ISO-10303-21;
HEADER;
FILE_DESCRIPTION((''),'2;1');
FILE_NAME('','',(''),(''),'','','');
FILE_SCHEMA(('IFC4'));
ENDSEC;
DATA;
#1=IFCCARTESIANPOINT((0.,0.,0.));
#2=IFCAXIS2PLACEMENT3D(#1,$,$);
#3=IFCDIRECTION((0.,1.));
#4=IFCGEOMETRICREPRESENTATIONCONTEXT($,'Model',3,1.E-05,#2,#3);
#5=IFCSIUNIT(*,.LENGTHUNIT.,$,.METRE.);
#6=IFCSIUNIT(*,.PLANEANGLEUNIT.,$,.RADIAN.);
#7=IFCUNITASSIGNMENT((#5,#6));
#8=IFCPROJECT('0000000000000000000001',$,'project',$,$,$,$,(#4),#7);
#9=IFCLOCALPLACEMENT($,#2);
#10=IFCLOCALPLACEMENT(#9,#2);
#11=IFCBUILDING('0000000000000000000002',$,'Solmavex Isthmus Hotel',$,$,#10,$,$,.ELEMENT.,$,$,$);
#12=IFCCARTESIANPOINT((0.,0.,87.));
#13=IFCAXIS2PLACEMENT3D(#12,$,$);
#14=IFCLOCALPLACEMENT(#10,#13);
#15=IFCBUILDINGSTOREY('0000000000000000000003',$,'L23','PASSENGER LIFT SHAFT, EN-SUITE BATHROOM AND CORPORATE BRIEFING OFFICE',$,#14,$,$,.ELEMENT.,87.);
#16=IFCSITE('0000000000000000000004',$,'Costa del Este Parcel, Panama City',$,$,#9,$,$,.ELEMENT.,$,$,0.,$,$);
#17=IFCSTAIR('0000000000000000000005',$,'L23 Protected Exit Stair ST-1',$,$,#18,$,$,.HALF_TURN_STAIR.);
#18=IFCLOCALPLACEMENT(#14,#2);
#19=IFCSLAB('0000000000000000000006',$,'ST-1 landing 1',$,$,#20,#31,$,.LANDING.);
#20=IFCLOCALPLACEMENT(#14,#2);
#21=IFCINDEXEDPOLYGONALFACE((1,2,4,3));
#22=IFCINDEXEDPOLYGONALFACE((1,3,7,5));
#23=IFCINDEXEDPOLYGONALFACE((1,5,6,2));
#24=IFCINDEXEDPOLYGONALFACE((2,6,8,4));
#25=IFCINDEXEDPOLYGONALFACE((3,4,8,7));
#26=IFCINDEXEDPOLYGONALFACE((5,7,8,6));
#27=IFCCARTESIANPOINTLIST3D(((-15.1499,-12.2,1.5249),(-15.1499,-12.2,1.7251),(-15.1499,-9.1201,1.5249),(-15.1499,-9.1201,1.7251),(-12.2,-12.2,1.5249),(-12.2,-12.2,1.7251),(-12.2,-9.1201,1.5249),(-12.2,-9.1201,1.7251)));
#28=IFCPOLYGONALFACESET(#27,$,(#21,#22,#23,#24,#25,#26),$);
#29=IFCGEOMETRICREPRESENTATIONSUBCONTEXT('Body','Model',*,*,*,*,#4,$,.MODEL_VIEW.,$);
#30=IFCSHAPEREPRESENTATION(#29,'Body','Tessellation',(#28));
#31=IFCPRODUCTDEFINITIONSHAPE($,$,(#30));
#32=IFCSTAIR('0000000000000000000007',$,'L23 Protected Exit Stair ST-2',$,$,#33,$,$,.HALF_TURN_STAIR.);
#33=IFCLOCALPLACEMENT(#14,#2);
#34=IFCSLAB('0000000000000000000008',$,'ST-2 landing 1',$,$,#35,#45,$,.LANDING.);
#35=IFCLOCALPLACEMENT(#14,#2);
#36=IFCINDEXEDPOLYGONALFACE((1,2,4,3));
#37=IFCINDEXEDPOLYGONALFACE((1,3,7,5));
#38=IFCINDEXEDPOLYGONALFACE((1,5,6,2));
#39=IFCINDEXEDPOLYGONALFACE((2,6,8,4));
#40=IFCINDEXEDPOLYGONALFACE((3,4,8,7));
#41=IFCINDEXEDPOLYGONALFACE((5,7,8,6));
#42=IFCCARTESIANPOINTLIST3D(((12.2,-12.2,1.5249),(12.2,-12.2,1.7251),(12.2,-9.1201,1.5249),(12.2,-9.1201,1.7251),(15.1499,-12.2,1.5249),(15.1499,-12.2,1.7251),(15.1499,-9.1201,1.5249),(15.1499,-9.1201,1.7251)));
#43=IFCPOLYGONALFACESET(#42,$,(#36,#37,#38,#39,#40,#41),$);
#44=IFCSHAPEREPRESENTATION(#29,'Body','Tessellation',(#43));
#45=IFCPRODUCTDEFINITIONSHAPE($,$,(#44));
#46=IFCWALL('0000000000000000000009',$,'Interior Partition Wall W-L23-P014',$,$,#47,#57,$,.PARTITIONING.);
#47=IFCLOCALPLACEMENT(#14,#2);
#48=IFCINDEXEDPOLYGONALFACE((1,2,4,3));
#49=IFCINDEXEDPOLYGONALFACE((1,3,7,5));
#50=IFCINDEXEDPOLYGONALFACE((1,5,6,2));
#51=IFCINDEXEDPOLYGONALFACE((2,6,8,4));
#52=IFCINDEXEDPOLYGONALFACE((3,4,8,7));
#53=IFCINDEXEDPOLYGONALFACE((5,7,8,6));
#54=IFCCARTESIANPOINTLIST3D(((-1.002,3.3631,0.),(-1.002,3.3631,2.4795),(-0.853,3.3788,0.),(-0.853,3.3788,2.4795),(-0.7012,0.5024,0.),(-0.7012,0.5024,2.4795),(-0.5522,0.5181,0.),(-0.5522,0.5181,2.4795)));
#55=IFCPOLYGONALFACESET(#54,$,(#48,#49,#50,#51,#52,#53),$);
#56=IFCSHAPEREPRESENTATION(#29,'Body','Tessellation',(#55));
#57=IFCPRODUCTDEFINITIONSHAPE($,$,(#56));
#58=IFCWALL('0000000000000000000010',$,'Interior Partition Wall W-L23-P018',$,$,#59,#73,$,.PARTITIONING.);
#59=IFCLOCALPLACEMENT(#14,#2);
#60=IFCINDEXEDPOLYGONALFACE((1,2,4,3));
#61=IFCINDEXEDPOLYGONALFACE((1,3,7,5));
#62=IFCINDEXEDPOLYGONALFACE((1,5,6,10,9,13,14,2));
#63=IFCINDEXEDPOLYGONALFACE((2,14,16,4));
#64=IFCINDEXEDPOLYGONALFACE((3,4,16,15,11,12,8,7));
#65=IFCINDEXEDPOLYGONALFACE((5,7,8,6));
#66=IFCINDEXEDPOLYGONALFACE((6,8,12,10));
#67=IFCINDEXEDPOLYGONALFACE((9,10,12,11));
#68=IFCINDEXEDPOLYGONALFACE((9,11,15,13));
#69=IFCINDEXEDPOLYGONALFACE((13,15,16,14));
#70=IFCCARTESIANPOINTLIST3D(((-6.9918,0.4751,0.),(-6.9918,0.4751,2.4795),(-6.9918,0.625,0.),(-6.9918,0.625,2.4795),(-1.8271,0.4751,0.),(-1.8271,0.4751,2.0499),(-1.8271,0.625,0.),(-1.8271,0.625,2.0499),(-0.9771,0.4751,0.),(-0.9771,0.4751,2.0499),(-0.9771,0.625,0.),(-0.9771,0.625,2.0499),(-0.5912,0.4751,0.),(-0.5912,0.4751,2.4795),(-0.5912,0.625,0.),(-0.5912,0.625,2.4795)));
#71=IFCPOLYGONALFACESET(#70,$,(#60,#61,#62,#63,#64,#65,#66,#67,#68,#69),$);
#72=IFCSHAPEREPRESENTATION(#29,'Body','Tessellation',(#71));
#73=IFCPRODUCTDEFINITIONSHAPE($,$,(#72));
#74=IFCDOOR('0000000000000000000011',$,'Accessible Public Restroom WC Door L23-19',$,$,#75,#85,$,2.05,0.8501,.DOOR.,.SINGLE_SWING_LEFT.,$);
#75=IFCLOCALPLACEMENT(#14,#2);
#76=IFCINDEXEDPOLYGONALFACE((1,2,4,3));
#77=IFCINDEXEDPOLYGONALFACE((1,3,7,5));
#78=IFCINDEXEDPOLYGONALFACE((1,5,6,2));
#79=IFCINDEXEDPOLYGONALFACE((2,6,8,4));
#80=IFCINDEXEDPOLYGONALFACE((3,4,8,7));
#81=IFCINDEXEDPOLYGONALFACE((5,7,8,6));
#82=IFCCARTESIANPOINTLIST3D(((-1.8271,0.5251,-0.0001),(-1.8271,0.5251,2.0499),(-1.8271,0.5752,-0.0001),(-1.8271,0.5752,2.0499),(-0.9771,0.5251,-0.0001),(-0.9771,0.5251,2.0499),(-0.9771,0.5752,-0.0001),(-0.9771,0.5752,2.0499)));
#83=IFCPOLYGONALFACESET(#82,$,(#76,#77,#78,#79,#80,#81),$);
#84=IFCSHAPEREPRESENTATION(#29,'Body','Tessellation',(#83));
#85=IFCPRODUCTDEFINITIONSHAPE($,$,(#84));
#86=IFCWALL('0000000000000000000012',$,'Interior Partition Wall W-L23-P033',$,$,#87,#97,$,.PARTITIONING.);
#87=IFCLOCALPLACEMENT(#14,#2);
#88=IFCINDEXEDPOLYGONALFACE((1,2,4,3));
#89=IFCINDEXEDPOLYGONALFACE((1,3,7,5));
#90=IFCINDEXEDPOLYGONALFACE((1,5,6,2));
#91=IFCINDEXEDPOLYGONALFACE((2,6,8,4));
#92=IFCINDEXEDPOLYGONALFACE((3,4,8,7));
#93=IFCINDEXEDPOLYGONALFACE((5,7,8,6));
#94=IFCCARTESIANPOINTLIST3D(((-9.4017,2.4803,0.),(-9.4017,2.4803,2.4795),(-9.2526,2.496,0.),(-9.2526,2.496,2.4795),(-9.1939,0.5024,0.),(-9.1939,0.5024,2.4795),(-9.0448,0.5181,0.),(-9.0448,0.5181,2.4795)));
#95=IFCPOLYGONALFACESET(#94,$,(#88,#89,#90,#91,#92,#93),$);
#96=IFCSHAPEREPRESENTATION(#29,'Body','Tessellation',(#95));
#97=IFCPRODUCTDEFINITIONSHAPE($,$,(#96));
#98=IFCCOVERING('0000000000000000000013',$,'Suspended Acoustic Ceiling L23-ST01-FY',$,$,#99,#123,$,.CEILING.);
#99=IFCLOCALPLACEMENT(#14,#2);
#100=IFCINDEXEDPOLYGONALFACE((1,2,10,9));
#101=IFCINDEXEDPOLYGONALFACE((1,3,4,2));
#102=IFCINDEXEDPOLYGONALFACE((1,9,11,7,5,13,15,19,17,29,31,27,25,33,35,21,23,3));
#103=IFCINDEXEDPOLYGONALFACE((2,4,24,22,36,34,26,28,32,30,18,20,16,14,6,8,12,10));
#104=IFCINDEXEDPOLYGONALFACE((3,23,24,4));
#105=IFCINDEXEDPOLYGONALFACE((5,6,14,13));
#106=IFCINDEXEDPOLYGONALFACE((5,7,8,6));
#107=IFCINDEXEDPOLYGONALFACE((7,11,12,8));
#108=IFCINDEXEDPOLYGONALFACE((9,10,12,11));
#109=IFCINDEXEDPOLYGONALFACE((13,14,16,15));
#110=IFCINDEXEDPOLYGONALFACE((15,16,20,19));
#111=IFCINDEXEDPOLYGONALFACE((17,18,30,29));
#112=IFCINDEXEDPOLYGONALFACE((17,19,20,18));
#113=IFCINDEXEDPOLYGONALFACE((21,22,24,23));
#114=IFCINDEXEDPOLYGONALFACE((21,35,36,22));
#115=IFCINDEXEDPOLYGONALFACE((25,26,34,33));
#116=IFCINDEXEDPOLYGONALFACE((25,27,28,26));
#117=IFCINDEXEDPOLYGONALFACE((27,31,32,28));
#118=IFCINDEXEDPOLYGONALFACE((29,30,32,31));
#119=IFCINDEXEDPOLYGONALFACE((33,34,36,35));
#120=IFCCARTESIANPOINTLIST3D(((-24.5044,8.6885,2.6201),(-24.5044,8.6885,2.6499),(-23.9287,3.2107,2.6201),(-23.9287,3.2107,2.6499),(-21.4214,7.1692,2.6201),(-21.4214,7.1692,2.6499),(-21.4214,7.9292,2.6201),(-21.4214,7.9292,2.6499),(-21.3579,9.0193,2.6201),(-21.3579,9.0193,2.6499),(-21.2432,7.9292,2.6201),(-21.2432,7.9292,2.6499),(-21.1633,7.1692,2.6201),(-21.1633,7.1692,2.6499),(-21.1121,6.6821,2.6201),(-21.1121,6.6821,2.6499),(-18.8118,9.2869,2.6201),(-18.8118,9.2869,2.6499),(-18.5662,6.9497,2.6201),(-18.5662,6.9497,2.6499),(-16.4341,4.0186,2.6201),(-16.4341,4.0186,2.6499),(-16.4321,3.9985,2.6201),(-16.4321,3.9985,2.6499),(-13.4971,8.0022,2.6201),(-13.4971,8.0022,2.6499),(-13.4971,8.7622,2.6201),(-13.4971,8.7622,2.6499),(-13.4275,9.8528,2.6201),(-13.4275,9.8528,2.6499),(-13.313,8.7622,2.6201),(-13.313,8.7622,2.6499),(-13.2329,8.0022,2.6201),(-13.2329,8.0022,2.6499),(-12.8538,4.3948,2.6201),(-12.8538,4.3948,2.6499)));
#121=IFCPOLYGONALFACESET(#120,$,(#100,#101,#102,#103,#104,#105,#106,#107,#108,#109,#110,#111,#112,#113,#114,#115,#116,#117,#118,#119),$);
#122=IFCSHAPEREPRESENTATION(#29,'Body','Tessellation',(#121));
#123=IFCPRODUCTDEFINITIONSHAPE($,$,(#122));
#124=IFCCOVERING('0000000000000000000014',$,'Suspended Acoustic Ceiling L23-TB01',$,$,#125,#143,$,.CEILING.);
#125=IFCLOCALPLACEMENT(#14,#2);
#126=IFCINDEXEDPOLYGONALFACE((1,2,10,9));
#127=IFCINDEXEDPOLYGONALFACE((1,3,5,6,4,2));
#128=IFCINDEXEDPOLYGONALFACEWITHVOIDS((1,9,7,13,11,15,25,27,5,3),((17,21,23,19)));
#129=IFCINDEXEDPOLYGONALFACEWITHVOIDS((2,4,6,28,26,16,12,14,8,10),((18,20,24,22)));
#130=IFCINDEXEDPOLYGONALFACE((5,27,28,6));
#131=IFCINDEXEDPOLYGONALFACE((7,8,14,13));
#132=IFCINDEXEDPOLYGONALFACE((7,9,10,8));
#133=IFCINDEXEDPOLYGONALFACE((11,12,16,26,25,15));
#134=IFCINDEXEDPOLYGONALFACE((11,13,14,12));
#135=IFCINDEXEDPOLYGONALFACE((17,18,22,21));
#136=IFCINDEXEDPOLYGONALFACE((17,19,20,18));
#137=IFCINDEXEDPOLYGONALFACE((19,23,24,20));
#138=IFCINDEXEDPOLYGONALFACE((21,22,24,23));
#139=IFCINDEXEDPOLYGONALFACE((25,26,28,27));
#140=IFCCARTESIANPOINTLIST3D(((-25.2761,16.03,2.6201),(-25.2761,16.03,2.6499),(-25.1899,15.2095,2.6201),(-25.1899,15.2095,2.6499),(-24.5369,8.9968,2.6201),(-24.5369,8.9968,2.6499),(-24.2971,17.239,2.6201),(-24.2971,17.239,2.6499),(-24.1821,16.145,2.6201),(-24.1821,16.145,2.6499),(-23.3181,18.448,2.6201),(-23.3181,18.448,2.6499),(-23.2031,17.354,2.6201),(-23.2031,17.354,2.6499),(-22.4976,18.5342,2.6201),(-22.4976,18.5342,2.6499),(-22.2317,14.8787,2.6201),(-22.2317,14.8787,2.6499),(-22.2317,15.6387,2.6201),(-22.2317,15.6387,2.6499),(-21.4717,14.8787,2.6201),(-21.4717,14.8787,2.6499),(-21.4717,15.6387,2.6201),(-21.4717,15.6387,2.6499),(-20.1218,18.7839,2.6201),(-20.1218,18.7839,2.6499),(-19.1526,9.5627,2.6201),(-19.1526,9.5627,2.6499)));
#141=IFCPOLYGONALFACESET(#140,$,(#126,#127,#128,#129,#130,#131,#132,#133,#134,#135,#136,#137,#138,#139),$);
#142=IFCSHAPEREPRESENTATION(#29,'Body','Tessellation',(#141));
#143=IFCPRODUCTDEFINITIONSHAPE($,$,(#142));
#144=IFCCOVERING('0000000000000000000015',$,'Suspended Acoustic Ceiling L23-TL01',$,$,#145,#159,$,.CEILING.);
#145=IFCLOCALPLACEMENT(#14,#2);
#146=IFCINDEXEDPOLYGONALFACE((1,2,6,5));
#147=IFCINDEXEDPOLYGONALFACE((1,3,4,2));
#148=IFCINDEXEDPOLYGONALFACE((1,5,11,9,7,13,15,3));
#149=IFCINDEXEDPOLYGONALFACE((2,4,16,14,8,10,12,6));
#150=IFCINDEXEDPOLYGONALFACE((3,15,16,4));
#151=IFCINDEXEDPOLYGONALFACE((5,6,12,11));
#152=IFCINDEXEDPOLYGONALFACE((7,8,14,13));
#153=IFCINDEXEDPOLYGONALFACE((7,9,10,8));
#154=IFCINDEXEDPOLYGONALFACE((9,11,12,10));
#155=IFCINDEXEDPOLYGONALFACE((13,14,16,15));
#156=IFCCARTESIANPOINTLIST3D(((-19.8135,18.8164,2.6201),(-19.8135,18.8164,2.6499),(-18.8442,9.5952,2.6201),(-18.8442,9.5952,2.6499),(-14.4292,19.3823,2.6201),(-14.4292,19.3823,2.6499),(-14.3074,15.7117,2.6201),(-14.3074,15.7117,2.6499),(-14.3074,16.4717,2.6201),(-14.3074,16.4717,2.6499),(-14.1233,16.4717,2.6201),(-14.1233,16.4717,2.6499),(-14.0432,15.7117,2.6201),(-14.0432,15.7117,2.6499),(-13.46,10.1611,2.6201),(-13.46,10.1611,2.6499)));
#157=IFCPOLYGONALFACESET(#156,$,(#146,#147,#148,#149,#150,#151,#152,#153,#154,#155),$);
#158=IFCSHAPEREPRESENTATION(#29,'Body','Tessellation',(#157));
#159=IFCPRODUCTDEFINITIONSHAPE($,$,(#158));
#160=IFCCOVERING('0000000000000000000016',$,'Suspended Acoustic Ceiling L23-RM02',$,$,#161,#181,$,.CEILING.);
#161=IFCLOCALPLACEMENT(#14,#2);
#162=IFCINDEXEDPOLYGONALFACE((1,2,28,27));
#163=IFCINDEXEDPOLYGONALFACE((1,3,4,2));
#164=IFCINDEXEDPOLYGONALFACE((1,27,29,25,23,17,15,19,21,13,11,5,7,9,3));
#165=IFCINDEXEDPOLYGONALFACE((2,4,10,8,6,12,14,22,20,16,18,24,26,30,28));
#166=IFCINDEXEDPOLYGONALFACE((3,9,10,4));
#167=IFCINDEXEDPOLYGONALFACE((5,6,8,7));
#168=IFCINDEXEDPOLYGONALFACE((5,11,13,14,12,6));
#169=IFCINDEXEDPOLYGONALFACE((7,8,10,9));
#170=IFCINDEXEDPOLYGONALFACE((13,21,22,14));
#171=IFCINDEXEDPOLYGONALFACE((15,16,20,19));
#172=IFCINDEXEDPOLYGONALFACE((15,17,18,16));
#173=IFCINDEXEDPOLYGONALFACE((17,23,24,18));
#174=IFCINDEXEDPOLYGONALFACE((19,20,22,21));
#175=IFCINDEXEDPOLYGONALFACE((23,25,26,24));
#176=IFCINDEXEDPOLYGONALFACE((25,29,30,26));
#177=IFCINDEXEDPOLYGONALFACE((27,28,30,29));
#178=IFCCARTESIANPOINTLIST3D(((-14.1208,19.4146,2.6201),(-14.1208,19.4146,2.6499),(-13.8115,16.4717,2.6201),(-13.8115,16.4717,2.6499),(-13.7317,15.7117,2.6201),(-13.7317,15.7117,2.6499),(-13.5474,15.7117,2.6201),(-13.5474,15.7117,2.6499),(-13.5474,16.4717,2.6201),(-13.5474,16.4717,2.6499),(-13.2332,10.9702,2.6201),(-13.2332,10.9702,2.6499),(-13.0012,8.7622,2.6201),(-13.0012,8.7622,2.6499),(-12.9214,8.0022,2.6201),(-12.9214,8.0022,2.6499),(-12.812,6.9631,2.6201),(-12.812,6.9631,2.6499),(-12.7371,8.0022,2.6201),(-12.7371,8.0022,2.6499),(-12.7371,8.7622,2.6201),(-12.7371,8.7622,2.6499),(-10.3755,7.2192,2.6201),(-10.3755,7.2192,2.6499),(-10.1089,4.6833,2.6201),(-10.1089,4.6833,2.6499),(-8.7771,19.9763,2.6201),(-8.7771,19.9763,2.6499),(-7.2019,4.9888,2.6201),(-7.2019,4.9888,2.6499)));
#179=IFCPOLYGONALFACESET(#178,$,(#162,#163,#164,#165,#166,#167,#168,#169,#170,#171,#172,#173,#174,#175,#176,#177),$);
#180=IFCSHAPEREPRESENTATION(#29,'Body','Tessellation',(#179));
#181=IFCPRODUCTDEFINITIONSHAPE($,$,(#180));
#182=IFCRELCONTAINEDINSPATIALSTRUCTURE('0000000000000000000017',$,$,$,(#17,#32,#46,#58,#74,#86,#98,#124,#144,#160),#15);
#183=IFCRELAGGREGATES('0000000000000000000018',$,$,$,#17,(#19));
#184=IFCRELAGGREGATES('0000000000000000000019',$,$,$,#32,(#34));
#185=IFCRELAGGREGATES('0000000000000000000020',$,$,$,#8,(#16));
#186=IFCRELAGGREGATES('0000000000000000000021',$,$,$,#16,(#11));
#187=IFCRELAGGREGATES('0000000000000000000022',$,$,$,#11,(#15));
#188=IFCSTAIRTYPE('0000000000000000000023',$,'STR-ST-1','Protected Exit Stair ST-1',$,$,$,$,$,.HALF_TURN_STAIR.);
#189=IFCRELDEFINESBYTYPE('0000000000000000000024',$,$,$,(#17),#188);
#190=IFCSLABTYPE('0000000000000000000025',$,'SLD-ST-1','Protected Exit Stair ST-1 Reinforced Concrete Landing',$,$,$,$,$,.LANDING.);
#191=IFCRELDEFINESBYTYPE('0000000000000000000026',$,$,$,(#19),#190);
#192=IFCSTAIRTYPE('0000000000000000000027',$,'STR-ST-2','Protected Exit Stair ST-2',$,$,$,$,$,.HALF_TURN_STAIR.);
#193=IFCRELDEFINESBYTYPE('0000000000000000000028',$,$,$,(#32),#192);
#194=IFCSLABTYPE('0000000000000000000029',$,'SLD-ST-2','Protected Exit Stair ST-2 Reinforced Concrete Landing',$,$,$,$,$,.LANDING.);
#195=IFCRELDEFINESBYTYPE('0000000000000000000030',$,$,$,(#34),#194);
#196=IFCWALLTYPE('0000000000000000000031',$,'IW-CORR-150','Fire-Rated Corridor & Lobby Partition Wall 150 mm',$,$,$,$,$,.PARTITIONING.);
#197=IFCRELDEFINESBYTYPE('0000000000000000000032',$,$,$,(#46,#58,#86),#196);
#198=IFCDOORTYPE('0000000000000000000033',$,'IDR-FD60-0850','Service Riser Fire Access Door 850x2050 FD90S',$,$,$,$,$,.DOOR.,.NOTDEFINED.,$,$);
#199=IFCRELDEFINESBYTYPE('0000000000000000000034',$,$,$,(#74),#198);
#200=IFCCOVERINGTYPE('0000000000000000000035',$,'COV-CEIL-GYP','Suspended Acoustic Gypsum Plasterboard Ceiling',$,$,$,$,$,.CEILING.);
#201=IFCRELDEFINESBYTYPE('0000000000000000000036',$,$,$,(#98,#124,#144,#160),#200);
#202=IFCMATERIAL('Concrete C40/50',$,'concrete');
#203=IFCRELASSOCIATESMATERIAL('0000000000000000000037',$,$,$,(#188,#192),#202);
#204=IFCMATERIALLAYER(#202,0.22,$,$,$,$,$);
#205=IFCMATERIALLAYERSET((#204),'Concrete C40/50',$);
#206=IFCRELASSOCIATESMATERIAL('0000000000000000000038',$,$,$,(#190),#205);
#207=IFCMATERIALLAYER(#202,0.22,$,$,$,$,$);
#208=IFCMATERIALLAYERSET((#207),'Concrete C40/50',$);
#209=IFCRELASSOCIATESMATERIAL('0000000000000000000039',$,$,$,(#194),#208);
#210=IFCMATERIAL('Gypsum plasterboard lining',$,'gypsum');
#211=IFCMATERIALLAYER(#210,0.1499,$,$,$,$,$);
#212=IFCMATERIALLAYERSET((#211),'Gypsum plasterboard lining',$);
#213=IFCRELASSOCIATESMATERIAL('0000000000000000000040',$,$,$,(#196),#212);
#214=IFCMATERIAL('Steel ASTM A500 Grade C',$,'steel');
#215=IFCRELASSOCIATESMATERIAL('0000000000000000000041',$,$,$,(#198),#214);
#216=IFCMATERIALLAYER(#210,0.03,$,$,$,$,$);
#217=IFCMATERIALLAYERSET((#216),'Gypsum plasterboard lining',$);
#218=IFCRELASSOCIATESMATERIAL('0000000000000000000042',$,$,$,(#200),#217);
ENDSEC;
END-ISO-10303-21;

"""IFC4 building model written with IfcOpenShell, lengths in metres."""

from ifc_helpers import new_model, si_unit, direction, frame, frame_2d, origin, place, context, subcontext, project, spatial, polyline, rectangle, outline, extrude, material, layer, layer_set, type_object, element, fill, aggregate, save


model = new_model("IFC4")

# Units and contexts
model_context = context("Model", 3, precision=1e-05, world=origin(), true_north=direction((0.0, 1.0)))
body_context = subcontext(model_context, "Body", "Model", "MODEL_VIEW")
ifc_project = project(units=[si_unit("LENGTHUNIT", "METRE"), si_unit("PLANEANGLEUNIT", "RADIAN")], contexts=[model_context])

# Site, building, storey
site_placement = place(None, origin())
site = spatial("IfcSite", under=ifc_project, at=site_placement, Name="Costa del Este Parcel, Panama City", CompositionType="ELEMENT", RefElevation=0.0)
building_placement = place(site_placement, origin())
building = spatial("IfcBuilding", under=site, at=building_placement, Name="Solmavex Isthmus Hotel", CompositionType="ELEMENT")
storey_placement = place(building_placement, frame((0.0, 0.0, 87.0)))
storey = spatial("IfcBuildingStorey", under=building, at=storey_placement, Name="L23", Description="PASSENGER LIFT SHAFT, EN-SUITE BATHROOM AND CORPORATE BRIEFING OFFICE", CompositionType="ELEMENT", Elevation=87.0)

# Stairs, slabs
ifc_material_1 = material(Name="Concrete C40/50", Category="concrete")
stair_type_1 = type_object("IfcStairType", Name="STR-ST-1", Description="Protected Exit Stair ST-1", PredefinedType="HALF_TURN_STAIR", material=ifc_material_1)
stair_1_placement = place(storey_placement, origin())
stair_1 = element("IfcStair", 1, at=stair_1_placement, inside=storey, type_object=stair_type_1, Name="L23 Protected Exit Stair ST-1", PredefinedType="HALF_TURN_STAIR")
ifc_layer_1 = layer(ifc_material_1, 0.22)
ifc_layer_set_1 = layer_set([ifc_layer_1], Name="Concrete C40/50")
slab_type_1 = type_object("IfcSlabType", Name="SLD-ST-1", Description="Protected Exit Stair ST-1 Reinforced Concrete Landing", PredefinedType="LANDING", material=ifc_layer_set_1)
slab_1_placement = place(storey_placement, frame((0.0, 0.0, 1.5249)))
slab_1 = element("IfcSlab", 2, at=slab_1_placement, type_object=slab_type_1, Name="ST-1 landing 1", PredefinedType="LANDING", context=body_context, shape_type="SweptSolid", body=[
    extrude(outline(polyline([(-15.1499, -9.1201), (-15.1499, -12.2), (-12.2, -12.2), (-12.2, -9.1201), (-15.1499, -9.1201)])), origin(), (0.0, 0.0, 1.0), 0.2002),
])
aggregate(stair_1, [slab_1])
stair_type_2 = type_object("IfcStairType", Name="STR-ST-2", Description="Protected Exit Stair ST-2", PredefinedType="HALF_TURN_STAIR", material=ifc_material_1)
stair_2_placement = place(storey_placement, origin())
stair_2 = element("IfcStair", 3, at=stair_2_placement, inside=storey, type_object=stair_type_2, Name="L23 Protected Exit Stair ST-2", PredefinedType="HALF_TURN_STAIR")
ifc_layer_2 = layer(ifc_material_1, 0.22)
ifc_layer_set_2 = layer_set([ifc_layer_2], Name="Concrete C40/50")
slab_type_2 = type_object("IfcSlabType", Name="SLD-ST-2", Description="Protected Exit Stair ST-2 Reinforced Concrete Landing", PredefinedType="LANDING", material=ifc_layer_set_2)
slab_2_placement = place(storey_placement, frame((0.0, 0.0, 1.5249)))
slab_2 = element("IfcSlab", 4, at=slab_2_placement, type_object=slab_type_2, Name="ST-2 landing 1", PredefinedType="LANDING", context=body_context, shape_type="SweptSolid", body=[
    extrude(outline(polyline([(12.2, -9.1201), (12.2, -12.2), (15.1499, -12.2), (15.1499, -9.1201), (12.2, -9.1201)])), origin(), (0.0, 0.0, 1.0), 0.2002),
])
aggregate(stair_2, [slab_2])

# Wall
ifc_material_2 = material(Name="Gypsum plasterboard lining", Category="gypsum")
ifc_layer_3 = layer(ifc_material_2, 0.1499)
ifc_layer_set_3 = layer_set([ifc_layer_3], Name="Gypsum plasterboard lining")
wall_type = type_object("IfcWallType", Name="IW-CORR-150", Description="Fire-Rated Corridor & Lobby Partition Wall 150 mm", PredefinedType="PARTITIONING", material=ifc_layer_set_3)
wall_1_placement = place(storey_placement, frame((-0.6267, 0.5103, 0.0), z_axis=(0.0, 0.0, 1.0), x_axis=(-0.10457, 0.994518, 0.0)))
element("IfcWall", 5, at=wall_1_placement, inside=storey, type_object=wall_type, Name="Interior Partition Wall W-L23-P014", PredefinedType="PARTITIONING", context=body_context, shape_type="SweptSolid", body=[
    extrude(rectangle(XDim=2.8765, YDim=0.1499, at=frame_2d((1.4382, 0.0))), origin(), (0.0, 0.0, 1.0), 2.4795),
])

# Wall, opening, door
wall_2_placement = place(storey_placement, frame((-6.9917, 0.55, 0.0), z_axis=(0.0, 0.0, 1.0), x_axis=(1.0, 0.0, 0.0)))
wall_2 = element("IfcWall", 6, at=wall_2_placement, inside=storey, type_object=wall_type, Name="Interior Partition Wall W-L23-P018", PredefinedType="PARTITIONING", context=body_context, shape_type="SweptSolid", body=[
    extrude(rectangle(XDim=6.4006, YDim=0.1499, at=frame_2d((3.2002, 0.0))), origin(), (0.0, 0.0, 1.0), 2.4795),
])
opening_placement = place(wall_2_placement, frame((5.1646, 0.0, 0.0)))
opening = element("IfcOpeningElement", 7, at=opening_placement, cuts=wall_2, PredefinedType="OPENING", context=body_context, shape_type="SweptSolid", body=[
    extrude(rectangle(XDim=0.8501, YDim=2.05, at=frame_2d((0.425, 1.0249))), frame((0.0, 0.085, 0.0), z_axis=(0.0, -1.0, 0.0), x_axis=(1.0, 0.0, 0.0)), (0.0, 0.0, 1.0), 0.1699),
])
ifc_material_3 = material(Name="Steel ASTM A500 Grade C", Category="steel")
door_type = type_object("IfcDoorType", Name="IDR-FD60-0850", Description="Service Riser Fire Access Door 850x2050 FD90S", OperationType="NOTDEFINED", PredefinedType="DOOR", material=ifc_material_3)
door_placement = place(opening_placement, frame((0.8501, 0.0, 0.0), z_axis=(0.0, 0.0, 1.0), x_axis=(-1.0, 0.0, 0.0)))
door = element("IfcDoor", 8, at=door_placement, inside=storey, type_object=door_type, Name="Accessible Public Restroom WC Door L23-19", OperationType="SINGLE_SWING_LEFT", OverallHeight=2.05, OverallWidth=0.8501, PredefinedType="DOOR", context=body_context, shape_type="SweptSolid", body=[
    extrude(rectangle(XDim=0.8501, YDim=2.05, at=frame_2d((0.425, 1.0249))), frame((0.0, 0.0249, 0.0), z_axis=(0.0, -1.0, 0.0), x_axis=(1.0, 0.0, 0.0)), (0.0, 0.0, 1.0), 0.05),
])
fill(opening, door)

# Wall
wall_3_placement = place(storey_placement, frame((-9.1194, 0.5103, 0.0), z_axis=(0.0, 0.0, 1.0), x_axis=(-0.104474, 0.994528, 0.0)))
element("IfcWall", 9, at=wall_3_placement, inside=storey, type_object=wall_type, Name="Interior Partition Wall W-L23-P033", PredefinedType="PARTITIONING", context=body_context, shape_type="SweptSolid", body=[
    extrude(rectangle(XDim=1.9888, YDim=0.1499, at=frame_2d((0.9944, 0.0))), origin(), (0.0, 0.0, 1.0), 2.4795),
])

# Coverings
ifc_layer_4 = layer(ifc_material_2, 0.03)
ifc_layer_set_4 = layer_set([ifc_layer_4], Name="Gypsum plasterboard lining")
covering_type_1 = type_object("IfcCoveringType", Name="COV-CEIL-GYP", Description="Suspended Acoustic Gypsum Plasterboard Ceiling", PredefinedType="CEILING", material=ifc_layer_set_4)
covering_1_placement = place(storey_placement, frame((0.0, 0.0, 2.6201)))
element("IfcCovering", 10, at=covering_1_placement, inside=storey, type_object=covering_type_1, Name="Suspended Acoustic Ceiling L23-ST01-FY", PredefinedType="CEILING", context=body_context, shape_type="SweptSolid", body=[
    extrude(outline(polyline([(-21.1633, 7.1692), (-21.4214, 7.1692), (-21.4214, 7.9292), (-21.2432, 7.9292), (-21.3579, 9.0193), (-24.5044, 8.6885), (-23.9287, 3.2107), (-16.4321, 3.9985), (-16.4341, 4.0186), (-12.8538, 4.3948), (-13.2329, 8.0022), (-13.4971, 8.0022), (-13.4971, 8.7622), (-13.313, 8.7622), (-13.4275, 9.8528), (-18.8118, 9.2869), (-18.5662, 6.9497), (-21.1121, 6.6821), (-21.1633, 7.1692)])), origin(), (0.0, 0.0, 1.0), 0.0298),
])
covering_2_placement = place(storey_placement, frame((0.0, 0.0, 2.6201)))
element("IfcCovering", 11, at=covering_2_placement, inside=storey, type_object=covering_type_1, Name="Suspended Acoustic Ceiling L23-TB01", PredefinedType="CEILING", context=body_context, shape_type="SweptSolid", body=[
    extrude(outline(polyline([(-25.2761, 16.03), (-25.1899, 15.2095), (-24.5369, 8.9968), (-19.1526, 9.5627), (-20.1218, 18.7839), (-22.4976, 18.5342), (-23.3181, 18.448), (-23.2031, 17.354), (-24.2971, 17.239), (-24.1821, 16.145), (-25.2761, 16.03)]), holes=[polyline([(-22.2317, 14.8787), (-22.2317, 15.6387), (-21.4717, 15.6387), (-21.4717, 14.8787), (-22.2317, 14.8787)])]), origin(), (0.0, 0.0, 1.0), 0.0298),
])
covering_3_placement = place(storey_placement, frame((0.0, 0.0, 2.6201)))
element("IfcCovering", 12, at=covering_3_placement, inside=storey, type_object=covering_type_1, Name="Suspended Acoustic Ceiling L23-TL01", PredefinedType="CEILING", context=body_context, shape_type="SweptSolid", body=[
    extrude(outline(polyline([(-14.0432, 15.7117), (-14.3074, 15.7117), (-14.3074, 16.4717), (-14.1233, 16.4717), (-14.4292, 19.3823), (-19.8135, 18.8164), (-18.8442, 9.5952), (-13.46, 10.1611), (-14.0432, 15.7117)])), origin(), (0.0, 0.0, 1.0), 0.0298),
])
covering_4_placement = place(storey_placement, frame((0.0, 0.0, 2.6201)))
element("IfcCovering", 13, at=covering_4_placement, inside=storey, type_object=covering_type_1, Name="Suspended Acoustic Ceiling L23-RM02", PredefinedType="CEILING", context=body_context, shape_type="SweptSolid", body=[
    extrude(outline(polyline([(-13.8115, 16.4717), (-13.5474, 16.4717), (-13.5474, 15.7117), (-13.7317, 15.7117), (-13.2332, 10.9702), (-13.0012, 8.7622), (-12.7371, 8.7622), (-12.7371, 8.0022), (-12.9214, 8.0022), (-12.812, 6.9631), (-10.3755, 7.2192), (-10.1089, 4.6833), (-7.2019, 4.9888), (-8.7771, 19.9763), (-14.1208, 19.4146), (-13.8115, 16.4717)])), origin(), (0.0, 0.0, 1.0), 0.0298),
])

save(model, "model.ifc")
